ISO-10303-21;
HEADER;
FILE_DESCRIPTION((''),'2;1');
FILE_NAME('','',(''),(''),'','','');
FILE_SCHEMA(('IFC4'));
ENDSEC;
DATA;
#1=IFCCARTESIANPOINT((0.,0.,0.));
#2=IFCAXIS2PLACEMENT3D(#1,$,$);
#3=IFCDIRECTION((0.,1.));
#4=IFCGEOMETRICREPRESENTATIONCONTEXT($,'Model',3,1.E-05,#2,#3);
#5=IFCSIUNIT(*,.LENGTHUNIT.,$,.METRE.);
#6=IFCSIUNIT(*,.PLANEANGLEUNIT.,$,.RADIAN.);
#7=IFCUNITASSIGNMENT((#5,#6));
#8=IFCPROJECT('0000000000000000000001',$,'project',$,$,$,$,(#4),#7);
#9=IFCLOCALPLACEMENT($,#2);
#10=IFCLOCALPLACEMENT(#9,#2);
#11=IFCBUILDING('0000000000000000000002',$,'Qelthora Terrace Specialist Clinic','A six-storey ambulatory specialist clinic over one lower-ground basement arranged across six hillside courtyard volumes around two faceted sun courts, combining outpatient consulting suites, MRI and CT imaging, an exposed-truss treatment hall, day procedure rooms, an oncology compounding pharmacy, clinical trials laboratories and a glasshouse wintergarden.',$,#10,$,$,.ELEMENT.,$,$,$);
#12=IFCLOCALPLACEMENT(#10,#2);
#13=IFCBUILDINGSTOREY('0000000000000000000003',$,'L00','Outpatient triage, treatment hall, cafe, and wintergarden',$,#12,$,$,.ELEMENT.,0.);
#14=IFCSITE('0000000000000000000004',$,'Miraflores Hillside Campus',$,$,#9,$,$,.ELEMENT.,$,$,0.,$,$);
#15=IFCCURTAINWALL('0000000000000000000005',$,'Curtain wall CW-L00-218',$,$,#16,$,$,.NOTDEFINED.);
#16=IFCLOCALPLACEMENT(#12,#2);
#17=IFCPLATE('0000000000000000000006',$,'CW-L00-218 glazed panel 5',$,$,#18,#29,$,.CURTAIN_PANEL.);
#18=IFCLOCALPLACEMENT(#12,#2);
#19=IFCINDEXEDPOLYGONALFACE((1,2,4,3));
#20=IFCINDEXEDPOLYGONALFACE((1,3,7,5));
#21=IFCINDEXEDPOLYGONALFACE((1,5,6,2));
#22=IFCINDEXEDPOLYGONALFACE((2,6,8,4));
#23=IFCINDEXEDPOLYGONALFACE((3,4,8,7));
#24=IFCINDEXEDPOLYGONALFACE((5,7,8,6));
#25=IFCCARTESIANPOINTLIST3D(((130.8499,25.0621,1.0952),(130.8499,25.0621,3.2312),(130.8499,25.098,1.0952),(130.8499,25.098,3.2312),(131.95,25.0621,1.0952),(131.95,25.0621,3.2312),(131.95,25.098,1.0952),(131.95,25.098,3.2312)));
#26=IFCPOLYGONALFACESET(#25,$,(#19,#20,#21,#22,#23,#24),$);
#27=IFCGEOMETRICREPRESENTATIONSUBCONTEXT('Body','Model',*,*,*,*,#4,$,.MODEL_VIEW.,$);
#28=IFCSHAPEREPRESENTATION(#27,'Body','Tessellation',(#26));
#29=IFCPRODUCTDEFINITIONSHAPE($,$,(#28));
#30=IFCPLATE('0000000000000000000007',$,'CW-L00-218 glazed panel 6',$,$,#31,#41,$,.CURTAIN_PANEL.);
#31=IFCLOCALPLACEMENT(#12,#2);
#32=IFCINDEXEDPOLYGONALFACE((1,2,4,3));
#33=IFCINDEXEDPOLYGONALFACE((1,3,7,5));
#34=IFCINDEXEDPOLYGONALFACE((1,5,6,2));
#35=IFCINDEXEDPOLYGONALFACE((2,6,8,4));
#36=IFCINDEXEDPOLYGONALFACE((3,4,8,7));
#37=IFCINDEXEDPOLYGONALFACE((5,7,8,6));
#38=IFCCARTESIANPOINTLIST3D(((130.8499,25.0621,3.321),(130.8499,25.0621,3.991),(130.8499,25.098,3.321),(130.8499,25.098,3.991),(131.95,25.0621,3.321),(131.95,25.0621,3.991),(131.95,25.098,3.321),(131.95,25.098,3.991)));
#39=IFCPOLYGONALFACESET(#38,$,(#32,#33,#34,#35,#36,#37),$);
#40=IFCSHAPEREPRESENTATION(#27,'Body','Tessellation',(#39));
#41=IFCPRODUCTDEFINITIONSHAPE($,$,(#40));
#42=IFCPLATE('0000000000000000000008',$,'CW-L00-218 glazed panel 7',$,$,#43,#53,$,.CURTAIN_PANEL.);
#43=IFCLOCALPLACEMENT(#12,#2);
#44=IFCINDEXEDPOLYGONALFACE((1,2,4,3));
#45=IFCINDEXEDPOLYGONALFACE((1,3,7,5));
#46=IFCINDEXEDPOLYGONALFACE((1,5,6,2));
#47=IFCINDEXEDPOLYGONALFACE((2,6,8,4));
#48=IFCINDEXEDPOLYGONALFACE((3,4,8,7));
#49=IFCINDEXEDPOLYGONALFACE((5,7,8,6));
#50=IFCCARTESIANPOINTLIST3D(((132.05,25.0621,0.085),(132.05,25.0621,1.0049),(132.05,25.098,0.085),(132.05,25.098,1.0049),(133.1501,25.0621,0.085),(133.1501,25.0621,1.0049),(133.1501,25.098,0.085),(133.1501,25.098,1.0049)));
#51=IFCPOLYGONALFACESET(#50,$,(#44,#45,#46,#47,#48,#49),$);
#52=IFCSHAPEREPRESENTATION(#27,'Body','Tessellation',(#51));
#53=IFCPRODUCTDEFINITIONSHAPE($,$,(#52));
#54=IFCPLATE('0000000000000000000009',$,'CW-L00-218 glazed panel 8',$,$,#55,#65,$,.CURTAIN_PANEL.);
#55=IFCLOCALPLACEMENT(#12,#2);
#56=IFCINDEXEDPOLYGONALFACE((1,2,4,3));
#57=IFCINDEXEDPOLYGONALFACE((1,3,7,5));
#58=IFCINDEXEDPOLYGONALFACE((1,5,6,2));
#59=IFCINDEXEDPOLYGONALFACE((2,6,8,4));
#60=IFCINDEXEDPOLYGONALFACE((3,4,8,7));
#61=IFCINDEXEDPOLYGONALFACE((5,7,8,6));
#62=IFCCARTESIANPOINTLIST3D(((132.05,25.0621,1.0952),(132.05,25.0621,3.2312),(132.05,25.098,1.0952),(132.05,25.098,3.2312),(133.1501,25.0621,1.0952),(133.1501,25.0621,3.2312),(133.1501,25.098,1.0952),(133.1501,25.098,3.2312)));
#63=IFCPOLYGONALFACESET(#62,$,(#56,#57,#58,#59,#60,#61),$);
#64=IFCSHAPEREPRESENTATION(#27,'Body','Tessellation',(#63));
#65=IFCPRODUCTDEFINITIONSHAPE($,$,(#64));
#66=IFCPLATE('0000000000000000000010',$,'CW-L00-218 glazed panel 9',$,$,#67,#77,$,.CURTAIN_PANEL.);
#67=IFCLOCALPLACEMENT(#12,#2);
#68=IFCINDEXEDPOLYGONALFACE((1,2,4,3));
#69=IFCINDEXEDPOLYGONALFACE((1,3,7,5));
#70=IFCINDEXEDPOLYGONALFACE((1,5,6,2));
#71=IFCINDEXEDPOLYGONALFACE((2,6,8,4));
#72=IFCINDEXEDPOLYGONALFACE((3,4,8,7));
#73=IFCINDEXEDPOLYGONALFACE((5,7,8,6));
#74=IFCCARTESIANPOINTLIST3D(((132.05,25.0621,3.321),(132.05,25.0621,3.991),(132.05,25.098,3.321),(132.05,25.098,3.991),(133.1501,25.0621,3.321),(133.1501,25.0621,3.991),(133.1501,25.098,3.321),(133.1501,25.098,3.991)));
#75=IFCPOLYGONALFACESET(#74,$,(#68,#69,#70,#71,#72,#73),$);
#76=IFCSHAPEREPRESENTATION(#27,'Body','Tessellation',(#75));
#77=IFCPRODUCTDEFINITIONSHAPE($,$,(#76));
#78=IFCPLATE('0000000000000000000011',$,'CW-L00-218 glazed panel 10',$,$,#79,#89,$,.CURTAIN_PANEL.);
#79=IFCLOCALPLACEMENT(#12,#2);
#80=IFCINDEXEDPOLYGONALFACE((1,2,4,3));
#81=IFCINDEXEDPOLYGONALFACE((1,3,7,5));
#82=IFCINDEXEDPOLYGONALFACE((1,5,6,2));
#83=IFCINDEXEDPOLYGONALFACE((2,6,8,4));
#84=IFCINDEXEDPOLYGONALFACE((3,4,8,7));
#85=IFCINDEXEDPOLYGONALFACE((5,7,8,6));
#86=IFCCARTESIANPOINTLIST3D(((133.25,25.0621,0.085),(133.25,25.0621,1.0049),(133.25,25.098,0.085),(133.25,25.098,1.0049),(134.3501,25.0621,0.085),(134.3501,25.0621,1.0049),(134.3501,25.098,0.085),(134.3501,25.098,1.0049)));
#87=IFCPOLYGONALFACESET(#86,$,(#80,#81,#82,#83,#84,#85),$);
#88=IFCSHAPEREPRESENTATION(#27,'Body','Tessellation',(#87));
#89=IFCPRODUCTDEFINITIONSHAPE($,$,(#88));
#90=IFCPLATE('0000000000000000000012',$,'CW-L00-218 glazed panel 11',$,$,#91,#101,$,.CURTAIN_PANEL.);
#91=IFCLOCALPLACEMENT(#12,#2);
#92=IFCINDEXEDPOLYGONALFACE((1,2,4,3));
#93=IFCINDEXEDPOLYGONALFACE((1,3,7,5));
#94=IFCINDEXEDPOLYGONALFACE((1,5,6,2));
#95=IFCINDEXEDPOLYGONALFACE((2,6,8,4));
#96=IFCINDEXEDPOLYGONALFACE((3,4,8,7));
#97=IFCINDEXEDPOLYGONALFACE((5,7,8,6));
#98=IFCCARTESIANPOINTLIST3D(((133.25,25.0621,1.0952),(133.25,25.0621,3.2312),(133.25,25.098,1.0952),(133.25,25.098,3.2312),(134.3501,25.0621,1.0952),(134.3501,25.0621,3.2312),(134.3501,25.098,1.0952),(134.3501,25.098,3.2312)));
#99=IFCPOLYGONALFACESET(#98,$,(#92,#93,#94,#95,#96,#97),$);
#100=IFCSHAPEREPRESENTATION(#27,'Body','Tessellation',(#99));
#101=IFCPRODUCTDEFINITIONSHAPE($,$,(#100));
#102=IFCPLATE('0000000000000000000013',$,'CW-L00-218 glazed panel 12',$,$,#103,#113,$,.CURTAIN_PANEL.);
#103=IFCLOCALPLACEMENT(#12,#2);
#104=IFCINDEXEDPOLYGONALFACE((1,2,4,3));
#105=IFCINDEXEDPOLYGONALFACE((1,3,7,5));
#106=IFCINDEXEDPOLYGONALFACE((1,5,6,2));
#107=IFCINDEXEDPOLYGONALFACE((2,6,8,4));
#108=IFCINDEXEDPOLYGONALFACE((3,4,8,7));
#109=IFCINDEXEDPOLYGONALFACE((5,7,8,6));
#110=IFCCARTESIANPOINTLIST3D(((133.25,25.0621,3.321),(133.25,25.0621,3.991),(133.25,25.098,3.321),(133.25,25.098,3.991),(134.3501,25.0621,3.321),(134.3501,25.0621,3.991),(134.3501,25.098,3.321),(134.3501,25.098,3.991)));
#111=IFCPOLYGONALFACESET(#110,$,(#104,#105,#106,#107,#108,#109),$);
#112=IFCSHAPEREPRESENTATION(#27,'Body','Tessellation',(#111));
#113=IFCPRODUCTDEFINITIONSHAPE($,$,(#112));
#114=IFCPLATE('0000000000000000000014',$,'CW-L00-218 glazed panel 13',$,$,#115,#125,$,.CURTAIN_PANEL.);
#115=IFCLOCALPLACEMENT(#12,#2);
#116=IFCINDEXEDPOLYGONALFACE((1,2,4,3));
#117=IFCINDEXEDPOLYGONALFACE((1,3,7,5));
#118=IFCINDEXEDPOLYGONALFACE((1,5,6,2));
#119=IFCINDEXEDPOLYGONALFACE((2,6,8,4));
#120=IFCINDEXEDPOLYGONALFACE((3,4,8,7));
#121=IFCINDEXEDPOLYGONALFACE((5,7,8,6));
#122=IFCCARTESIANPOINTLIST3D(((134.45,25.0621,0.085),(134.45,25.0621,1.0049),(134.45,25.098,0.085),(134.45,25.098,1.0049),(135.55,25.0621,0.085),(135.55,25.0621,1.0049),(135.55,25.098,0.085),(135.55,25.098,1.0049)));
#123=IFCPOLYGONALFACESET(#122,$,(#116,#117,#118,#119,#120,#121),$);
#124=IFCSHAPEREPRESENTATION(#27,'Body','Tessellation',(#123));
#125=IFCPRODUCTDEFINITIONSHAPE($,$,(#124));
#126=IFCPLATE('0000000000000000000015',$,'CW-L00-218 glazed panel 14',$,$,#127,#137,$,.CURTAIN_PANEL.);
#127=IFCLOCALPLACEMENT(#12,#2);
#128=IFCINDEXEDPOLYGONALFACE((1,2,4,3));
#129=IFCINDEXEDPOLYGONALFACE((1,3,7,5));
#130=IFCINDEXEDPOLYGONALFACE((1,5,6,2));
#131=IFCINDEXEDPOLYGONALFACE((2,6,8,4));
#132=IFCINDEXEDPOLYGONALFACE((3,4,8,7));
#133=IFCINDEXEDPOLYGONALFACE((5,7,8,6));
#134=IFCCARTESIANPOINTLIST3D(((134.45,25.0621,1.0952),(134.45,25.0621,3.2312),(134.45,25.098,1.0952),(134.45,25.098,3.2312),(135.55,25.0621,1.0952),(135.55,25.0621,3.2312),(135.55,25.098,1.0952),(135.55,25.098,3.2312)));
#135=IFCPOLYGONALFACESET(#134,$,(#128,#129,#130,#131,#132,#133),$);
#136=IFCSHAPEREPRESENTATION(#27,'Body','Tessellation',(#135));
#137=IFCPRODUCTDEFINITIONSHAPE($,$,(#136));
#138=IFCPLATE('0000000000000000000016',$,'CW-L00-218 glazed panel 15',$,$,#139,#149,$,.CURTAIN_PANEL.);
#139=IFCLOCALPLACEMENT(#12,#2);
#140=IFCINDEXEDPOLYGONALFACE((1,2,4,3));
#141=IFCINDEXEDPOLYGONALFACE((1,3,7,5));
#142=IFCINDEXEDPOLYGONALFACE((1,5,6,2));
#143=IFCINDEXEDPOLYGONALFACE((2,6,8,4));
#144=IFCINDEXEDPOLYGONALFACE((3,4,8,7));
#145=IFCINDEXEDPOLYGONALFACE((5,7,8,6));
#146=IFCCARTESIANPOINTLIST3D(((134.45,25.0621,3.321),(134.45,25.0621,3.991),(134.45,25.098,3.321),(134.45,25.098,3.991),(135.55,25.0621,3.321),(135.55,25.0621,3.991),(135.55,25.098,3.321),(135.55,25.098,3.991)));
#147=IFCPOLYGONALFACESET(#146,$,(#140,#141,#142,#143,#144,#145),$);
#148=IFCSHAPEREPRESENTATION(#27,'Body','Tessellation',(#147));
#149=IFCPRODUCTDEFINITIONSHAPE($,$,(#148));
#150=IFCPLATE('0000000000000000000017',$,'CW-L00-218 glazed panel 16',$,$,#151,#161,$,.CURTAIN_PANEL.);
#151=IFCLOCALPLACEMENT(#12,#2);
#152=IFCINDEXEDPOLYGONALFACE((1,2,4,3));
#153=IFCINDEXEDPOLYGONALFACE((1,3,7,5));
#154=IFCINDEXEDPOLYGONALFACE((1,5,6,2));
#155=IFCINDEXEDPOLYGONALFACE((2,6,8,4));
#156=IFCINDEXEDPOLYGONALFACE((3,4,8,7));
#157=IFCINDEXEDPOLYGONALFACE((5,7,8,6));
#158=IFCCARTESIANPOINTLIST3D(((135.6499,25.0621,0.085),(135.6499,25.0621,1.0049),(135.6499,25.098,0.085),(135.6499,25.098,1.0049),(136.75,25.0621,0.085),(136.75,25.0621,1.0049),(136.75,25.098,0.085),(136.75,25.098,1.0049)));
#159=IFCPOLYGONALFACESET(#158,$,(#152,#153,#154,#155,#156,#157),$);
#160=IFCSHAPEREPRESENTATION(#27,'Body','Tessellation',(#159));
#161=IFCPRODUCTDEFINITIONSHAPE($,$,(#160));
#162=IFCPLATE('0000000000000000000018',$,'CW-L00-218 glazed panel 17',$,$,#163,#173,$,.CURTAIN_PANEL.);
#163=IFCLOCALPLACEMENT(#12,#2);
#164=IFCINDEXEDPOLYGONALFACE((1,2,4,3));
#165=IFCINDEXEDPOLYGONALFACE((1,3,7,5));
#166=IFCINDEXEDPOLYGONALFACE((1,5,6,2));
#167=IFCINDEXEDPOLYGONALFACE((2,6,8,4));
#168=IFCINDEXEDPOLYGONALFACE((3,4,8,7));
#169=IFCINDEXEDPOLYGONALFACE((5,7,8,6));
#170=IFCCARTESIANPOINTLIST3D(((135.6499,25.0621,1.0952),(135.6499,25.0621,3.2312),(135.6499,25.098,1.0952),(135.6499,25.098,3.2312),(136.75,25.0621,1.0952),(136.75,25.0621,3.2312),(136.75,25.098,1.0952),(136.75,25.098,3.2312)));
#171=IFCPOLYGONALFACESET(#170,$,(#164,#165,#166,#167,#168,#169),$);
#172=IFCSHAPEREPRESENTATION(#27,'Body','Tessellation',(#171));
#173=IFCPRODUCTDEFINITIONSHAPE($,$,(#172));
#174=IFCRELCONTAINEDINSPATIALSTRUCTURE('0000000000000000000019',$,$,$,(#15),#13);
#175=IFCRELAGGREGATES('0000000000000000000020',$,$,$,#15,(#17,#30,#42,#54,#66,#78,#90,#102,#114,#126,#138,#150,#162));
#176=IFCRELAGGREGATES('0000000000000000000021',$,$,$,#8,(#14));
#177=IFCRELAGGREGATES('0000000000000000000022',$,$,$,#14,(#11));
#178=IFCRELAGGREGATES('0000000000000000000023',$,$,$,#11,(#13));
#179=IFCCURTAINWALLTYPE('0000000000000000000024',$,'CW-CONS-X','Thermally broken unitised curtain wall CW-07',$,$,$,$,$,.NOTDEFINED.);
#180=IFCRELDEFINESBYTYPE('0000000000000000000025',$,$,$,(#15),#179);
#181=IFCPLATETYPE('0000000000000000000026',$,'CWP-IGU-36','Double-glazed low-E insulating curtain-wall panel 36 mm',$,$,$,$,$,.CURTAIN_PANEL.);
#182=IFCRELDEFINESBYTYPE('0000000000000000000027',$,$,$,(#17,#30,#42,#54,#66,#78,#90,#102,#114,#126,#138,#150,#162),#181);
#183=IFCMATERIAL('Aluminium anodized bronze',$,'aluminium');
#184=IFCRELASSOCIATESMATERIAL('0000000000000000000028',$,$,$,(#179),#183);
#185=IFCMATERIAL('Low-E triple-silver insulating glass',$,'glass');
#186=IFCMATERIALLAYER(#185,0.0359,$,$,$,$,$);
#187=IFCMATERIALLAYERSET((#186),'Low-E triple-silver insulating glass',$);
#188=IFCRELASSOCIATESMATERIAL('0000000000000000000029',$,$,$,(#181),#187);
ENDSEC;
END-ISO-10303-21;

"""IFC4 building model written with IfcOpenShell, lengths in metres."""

from ifc_helpers import new_model, si_unit, direction, frame, origin, origin_2d, place, context, subcontext, project, spatial, rectangle, extrude, material, layer, layer_set, type_object, element, aggregate, save


model = new_model("IFC4")

# Units and contexts
model_context = context("Model", 3, precision=1e-05, world=origin(), true_north=direction((0.0, 1.0)))
body_context = subcontext(model_context, "Body", "Model", "MODEL_VIEW")
ifc_project = project(units=[si_unit("LENGTHUNIT", "METRE"), si_unit("PLANEANGLEUNIT", "RADIAN")], contexts=[model_context])

# Site, building, storey
site_placement = place(None, origin())
site = spatial("IfcSite", under=ifc_project, at=site_placement, Name="Miraflores Hillside Campus", CompositionType="ELEMENT", RefElevation=0.0)
building_placement = place(site_placement, origin())
building = spatial("IfcBuilding", under=site, at=building_placement, Name="Qelthora Terrace Specialist Clinic", Description="A six-storey ambulatory specialist clinic over one lower-ground basement arranged across six hillside courtyard volumes around two faceted sun courts, combining outpatient consulting suites, MRI and CT imaging, an exposed-truss treatment hall, day procedure rooms, an oncology compounding pharmacy, clinical trials laboratories and a glasshouse wintergarden.", CompositionType="ELEMENT")
storey_placement = place(building_placement, origin())
storey = spatial("IfcBuildingStorey", under=building, at=storey_placement, Name="L00", Description="Outpatient triage, treatment hall, cafe, and wintergarden", CompositionType="ELEMENT", Elevation=0.0)

# Shared definitions
ifc_material_1 = material(Name="Aluminium anodized bronze", Category="aluminium")
curtain_wall_type = type_object("IfcCurtainWallType", Name="CW-CONS-X", Description="Thermally broken unitised curtain wall CW-07", PredefinedType="NOTDEFINED", material=ifc_material_1)

# Curtain wall, plates
curtain_wall_1_placement = place(storey_placement, origin())
curtain_wall_1 = element("IfcCurtainWall", 1, at=curtain_wall_1_placement, inside=storey, type_object=curtain_wall_type, Name="Curtain wall CW-L00-218", PredefinedType="NOTDEFINED")
ifc_material_2 = material(Name="Low-E triple-silver insulating glass", Category="glass")
ifc_layer = layer(ifc_material_2, 0.0359)
ifc_layer_set = layer_set([ifc_layer], Name="Low-E triple-silver insulating glass")
plate_type = type_object("IfcPlateType", Name="CWP-IGU-36", Description="Double-glazed low-E insulating curtain-wall panel 36 mm", PredefinedType="CURTAIN_PANEL", material=ifc_layer_set)
plate_1_placement = place(storey_placement, frame((131.3999, 25.0801, 1.0952), z_axis=(0.0, 0.0, 1.0), x_axis=(1.0, 0.0, 0.0)))
plate_1 = element("IfcPlate", 2, at=plate_1_placement, type_object=plate_type, Name="CW-L00-218 glazed panel 5", PredefinedType="CURTAIN_PANEL", context=body_context, shape_type="SweptSolid", body=[
    extrude(rectangle(XDim=1.1001, YDim=0.0359, at=origin_2d()), origin(), (0.0, 0.0, 1.0), 2.136),
])
plate_2_placement = place(storey_placement, frame((131.3999, 25.0801, 3.321), z_axis=(0.0, 0.0, 1.0), x_axis=(1.0, 0.0, 0.0)))
plate_2 = element("IfcPlate", 3, at=plate_2_placement, type_object=plate_type, Name="CW-L00-218 glazed panel 6", PredefinedType="CURTAIN_PANEL", context=body_context, shape_type="SweptSolid", body=[
    extrude(rectangle(XDim=1.1001, YDim=0.0359, at=origin_2d()), origin(), (0.0, 0.0, 1.0), 0.6699),
])
plate_3_placement = place(storey_placement, frame((132.6001, 25.0801, 0.085), z_axis=(0.0, 0.0, 1.0), x_axis=(1.0, 0.0, 0.0)))
plate_3 = element("IfcPlate", 4, at=plate_3_placement, type_object=plate_type, Name="CW-L00-218 glazed panel 7", PredefinedType="CURTAIN_PANEL", context=body_context, shape_type="SweptSolid", body=[
    extrude(rectangle(XDim=1.1001, YDim=0.0359, at=origin_2d()), origin(), (0.0, 0.0, 1.0), 0.9199),
])
plate_4_placement = place(storey_placement, frame((132.6001, 25.0801, 1.0952), z_axis=(0.0, 0.0, 1.0), x_axis=(1.0, 0.0, 0.0)))
plate_4 = element("IfcPlate", 5, at=plate_4_placement, type_object=plate_type, Name="CW-L00-218 glazed panel 8", PredefinedType="CURTAIN_PANEL", context=body_context, shape_type="SweptSolid", body=[
    extrude(rectangle(XDim=1.1001, YDim=0.0359, at=origin_2d()), origin(), (0.0, 0.0, 1.0), 2.136),
])
plate_5_placement = place(storey_placement, frame((132.6001, 25.0801, 3.321), z_axis=(0.0, 0.0, 1.0), x_axis=(1.0, 0.0, 0.0)))
plate_5 = element("IfcPlate", 6, at=plate_5_placement, type_object=plate_type, Name="CW-L00-218 glazed panel 9", PredefinedType="CURTAIN_PANEL", context=body_context, shape_type="SweptSolid", body=[
    extrude(rectangle(XDim=1.1001, YDim=0.0359, at=origin_2d()), origin(), (0.0, 0.0, 1.0), 0.6699),
])
plate_6_placement = place(storey_placement, frame((133.8, 25.0801, 0.085), z_axis=(0.0, 0.0, 1.0), x_axis=(1.0, 0.0, 0.0)))
plate_6 = element("IfcPlate", 7, at=plate_6_placement, type_object=plate_type, Name="CW-L00-218 glazed panel 10", PredefinedType="CURTAIN_PANEL", context=body_context, shape_type="SweptSolid", body=[
    extrude(rectangle(XDim=1.1001, YDim=0.0359, at=origin_2d()), origin(), (0.0, 0.0, 1.0), 0.9199),
])
plate_7_placement = place(storey_placement, frame((133.8, 25.0801, 1.0952), z_axis=(0.0, 0.0, 1.0), x_axis=(1.0, 0.0, 0.0)))
plate_7 = element("IfcPlate", 8, at=plate_7_placement, type_object=plate_type, Name="CW-L00-218 glazed panel 11", PredefinedType="CURTAIN_PANEL", context=body_context, shape_type="SweptSolid", body=[
    extrude(rectangle(XDim=1.1001, YDim=0.0359, at=origin_2d()), origin(), (0.0, 0.0, 1.0), 2.136),
])
plate_8_placement = place(storey_placement, frame((133.8, 25.0801, 3.321), z_axis=(0.0, 0.0, 1.0), x_axis=(1.0, 0.0, 0.0)))
plate_8 = element("IfcPlate", 9, at=plate_8_placement, type_object=plate_type, Name="CW-L00-218 glazed panel 12", PredefinedType="CURTAIN_PANEL", context=body_context, shape_type="SweptSolid", body=[
    extrude(rectangle(XDim=1.1001, YDim=0.0359, at=origin_2d()), origin(), (0.0, 0.0, 1.0), 0.6699),
])
plate_9_placement = place(storey_placement, frame((135.0, 25.0801, 0.085), z_axis=(0.0, 0.0, 1.0), x_axis=(1.0, 0.0, 0.0)))
plate_9 = element("IfcPlate", 10, at=plate_9_placement, type_object=plate_type, Name="CW-L00-218 glazed panel 13", PredefinedType="CURTAIN_PANEL", context=body_context, shape_type="SweptSolid", body=[
    extrude(rectangle(XDim=1.1001, YDim=0.0359, at=origin_2d()), origin(), (0.0, 0.0, 1.0), 0.9199),
])
plate_10_placement = place(storey_placement, frame((135.0, 25.0801, 1.0952), z_axis=(0.0, 0.0, 1.0), x_axis=(1.0, 0.0, 0.0)))
plate_10 = element("IfcPlate", 11, at=plate_10_placement, type_object=plate_type, Name="CW-L00-218 glazed panel 14", PredefinedType="CURTAIN_PANEL", context=body_context, shape_type="SweptSolid", body=[
    extrude(rectangle(XDim=1.1001, YDim=0.0359, at=origin_2d()), origin(), (0.0, 0.0, 1.0), 2.136),
])
plate_11_placement = place(storey_placement, frame((135.0, 25.0801, 3.321), z_axis=(0.0, 0.0, 1.0), x_axis=(1.0, 0.0, 0.0)))
plate_11 = element("IfcPlate", 12, at=plate_11_placement, type_object=plate_type, Name="CW-L00-218 glazed panel 15", PredefinedType="CURTAIN_PANEL", context=body_context, shape_type="SweptSolid", body=[
    extrude(rectangle(XDim=1.1001, YDim=0.0359, at=origin_2d()), origin(), (0.0, 0.0, 1.0), 0.6699),
])
plate_12_placement = place(storey_placement, frame((136.2, 25.0801, 0.085), z_axis=(0.0, 0.0, 1.0), x_axis=(1.0, 0.0, 0.0)))
plate_12 = element("IfcPlate", 13, at=plate_12_placement, type_object=plate_type, Name="CW-L00-218 glazed panel 16", PredefinedType="CURTAIN_PANEL", context=body_context, shape_type="SweptSolid", body=[
    extrude(rectangle(XDim=1.1001, YDim=0.0359, at=origin_2d()), origin(), (0.0, 0.0, 1.0), 0.9199),
])
plate_13_placement = place(storey_placement, frame((136.2, 25.0801, 1.0952), z_axis=(0.0, 0.0, 1.0), x_axis=(1.0, 0.0, 0.0)))
plate_13 = element("IfcPlate", 14, at=plate_13_placement, type_object=plate_type, Name="CW-L00-218 glazed panel 17", PredefinedType="CURTAIN_PANEL", context=body_context, shape_type="SweptSolid", body=[
    extrude(rectangle(XDim=1.1001, YDim=0.0359, at=origin_2d()), origin(), (0.0, 0.0, 1.0), 2.136),
])
aggregate(curtain_wall_1, [plate_1, plate_2, plate_3, plate_4, plate_5, plate_6, plate_7, plate_8, plate_9, plate_10, plate_11, plate_12, plate_13])

save(model, "model.ifc")
